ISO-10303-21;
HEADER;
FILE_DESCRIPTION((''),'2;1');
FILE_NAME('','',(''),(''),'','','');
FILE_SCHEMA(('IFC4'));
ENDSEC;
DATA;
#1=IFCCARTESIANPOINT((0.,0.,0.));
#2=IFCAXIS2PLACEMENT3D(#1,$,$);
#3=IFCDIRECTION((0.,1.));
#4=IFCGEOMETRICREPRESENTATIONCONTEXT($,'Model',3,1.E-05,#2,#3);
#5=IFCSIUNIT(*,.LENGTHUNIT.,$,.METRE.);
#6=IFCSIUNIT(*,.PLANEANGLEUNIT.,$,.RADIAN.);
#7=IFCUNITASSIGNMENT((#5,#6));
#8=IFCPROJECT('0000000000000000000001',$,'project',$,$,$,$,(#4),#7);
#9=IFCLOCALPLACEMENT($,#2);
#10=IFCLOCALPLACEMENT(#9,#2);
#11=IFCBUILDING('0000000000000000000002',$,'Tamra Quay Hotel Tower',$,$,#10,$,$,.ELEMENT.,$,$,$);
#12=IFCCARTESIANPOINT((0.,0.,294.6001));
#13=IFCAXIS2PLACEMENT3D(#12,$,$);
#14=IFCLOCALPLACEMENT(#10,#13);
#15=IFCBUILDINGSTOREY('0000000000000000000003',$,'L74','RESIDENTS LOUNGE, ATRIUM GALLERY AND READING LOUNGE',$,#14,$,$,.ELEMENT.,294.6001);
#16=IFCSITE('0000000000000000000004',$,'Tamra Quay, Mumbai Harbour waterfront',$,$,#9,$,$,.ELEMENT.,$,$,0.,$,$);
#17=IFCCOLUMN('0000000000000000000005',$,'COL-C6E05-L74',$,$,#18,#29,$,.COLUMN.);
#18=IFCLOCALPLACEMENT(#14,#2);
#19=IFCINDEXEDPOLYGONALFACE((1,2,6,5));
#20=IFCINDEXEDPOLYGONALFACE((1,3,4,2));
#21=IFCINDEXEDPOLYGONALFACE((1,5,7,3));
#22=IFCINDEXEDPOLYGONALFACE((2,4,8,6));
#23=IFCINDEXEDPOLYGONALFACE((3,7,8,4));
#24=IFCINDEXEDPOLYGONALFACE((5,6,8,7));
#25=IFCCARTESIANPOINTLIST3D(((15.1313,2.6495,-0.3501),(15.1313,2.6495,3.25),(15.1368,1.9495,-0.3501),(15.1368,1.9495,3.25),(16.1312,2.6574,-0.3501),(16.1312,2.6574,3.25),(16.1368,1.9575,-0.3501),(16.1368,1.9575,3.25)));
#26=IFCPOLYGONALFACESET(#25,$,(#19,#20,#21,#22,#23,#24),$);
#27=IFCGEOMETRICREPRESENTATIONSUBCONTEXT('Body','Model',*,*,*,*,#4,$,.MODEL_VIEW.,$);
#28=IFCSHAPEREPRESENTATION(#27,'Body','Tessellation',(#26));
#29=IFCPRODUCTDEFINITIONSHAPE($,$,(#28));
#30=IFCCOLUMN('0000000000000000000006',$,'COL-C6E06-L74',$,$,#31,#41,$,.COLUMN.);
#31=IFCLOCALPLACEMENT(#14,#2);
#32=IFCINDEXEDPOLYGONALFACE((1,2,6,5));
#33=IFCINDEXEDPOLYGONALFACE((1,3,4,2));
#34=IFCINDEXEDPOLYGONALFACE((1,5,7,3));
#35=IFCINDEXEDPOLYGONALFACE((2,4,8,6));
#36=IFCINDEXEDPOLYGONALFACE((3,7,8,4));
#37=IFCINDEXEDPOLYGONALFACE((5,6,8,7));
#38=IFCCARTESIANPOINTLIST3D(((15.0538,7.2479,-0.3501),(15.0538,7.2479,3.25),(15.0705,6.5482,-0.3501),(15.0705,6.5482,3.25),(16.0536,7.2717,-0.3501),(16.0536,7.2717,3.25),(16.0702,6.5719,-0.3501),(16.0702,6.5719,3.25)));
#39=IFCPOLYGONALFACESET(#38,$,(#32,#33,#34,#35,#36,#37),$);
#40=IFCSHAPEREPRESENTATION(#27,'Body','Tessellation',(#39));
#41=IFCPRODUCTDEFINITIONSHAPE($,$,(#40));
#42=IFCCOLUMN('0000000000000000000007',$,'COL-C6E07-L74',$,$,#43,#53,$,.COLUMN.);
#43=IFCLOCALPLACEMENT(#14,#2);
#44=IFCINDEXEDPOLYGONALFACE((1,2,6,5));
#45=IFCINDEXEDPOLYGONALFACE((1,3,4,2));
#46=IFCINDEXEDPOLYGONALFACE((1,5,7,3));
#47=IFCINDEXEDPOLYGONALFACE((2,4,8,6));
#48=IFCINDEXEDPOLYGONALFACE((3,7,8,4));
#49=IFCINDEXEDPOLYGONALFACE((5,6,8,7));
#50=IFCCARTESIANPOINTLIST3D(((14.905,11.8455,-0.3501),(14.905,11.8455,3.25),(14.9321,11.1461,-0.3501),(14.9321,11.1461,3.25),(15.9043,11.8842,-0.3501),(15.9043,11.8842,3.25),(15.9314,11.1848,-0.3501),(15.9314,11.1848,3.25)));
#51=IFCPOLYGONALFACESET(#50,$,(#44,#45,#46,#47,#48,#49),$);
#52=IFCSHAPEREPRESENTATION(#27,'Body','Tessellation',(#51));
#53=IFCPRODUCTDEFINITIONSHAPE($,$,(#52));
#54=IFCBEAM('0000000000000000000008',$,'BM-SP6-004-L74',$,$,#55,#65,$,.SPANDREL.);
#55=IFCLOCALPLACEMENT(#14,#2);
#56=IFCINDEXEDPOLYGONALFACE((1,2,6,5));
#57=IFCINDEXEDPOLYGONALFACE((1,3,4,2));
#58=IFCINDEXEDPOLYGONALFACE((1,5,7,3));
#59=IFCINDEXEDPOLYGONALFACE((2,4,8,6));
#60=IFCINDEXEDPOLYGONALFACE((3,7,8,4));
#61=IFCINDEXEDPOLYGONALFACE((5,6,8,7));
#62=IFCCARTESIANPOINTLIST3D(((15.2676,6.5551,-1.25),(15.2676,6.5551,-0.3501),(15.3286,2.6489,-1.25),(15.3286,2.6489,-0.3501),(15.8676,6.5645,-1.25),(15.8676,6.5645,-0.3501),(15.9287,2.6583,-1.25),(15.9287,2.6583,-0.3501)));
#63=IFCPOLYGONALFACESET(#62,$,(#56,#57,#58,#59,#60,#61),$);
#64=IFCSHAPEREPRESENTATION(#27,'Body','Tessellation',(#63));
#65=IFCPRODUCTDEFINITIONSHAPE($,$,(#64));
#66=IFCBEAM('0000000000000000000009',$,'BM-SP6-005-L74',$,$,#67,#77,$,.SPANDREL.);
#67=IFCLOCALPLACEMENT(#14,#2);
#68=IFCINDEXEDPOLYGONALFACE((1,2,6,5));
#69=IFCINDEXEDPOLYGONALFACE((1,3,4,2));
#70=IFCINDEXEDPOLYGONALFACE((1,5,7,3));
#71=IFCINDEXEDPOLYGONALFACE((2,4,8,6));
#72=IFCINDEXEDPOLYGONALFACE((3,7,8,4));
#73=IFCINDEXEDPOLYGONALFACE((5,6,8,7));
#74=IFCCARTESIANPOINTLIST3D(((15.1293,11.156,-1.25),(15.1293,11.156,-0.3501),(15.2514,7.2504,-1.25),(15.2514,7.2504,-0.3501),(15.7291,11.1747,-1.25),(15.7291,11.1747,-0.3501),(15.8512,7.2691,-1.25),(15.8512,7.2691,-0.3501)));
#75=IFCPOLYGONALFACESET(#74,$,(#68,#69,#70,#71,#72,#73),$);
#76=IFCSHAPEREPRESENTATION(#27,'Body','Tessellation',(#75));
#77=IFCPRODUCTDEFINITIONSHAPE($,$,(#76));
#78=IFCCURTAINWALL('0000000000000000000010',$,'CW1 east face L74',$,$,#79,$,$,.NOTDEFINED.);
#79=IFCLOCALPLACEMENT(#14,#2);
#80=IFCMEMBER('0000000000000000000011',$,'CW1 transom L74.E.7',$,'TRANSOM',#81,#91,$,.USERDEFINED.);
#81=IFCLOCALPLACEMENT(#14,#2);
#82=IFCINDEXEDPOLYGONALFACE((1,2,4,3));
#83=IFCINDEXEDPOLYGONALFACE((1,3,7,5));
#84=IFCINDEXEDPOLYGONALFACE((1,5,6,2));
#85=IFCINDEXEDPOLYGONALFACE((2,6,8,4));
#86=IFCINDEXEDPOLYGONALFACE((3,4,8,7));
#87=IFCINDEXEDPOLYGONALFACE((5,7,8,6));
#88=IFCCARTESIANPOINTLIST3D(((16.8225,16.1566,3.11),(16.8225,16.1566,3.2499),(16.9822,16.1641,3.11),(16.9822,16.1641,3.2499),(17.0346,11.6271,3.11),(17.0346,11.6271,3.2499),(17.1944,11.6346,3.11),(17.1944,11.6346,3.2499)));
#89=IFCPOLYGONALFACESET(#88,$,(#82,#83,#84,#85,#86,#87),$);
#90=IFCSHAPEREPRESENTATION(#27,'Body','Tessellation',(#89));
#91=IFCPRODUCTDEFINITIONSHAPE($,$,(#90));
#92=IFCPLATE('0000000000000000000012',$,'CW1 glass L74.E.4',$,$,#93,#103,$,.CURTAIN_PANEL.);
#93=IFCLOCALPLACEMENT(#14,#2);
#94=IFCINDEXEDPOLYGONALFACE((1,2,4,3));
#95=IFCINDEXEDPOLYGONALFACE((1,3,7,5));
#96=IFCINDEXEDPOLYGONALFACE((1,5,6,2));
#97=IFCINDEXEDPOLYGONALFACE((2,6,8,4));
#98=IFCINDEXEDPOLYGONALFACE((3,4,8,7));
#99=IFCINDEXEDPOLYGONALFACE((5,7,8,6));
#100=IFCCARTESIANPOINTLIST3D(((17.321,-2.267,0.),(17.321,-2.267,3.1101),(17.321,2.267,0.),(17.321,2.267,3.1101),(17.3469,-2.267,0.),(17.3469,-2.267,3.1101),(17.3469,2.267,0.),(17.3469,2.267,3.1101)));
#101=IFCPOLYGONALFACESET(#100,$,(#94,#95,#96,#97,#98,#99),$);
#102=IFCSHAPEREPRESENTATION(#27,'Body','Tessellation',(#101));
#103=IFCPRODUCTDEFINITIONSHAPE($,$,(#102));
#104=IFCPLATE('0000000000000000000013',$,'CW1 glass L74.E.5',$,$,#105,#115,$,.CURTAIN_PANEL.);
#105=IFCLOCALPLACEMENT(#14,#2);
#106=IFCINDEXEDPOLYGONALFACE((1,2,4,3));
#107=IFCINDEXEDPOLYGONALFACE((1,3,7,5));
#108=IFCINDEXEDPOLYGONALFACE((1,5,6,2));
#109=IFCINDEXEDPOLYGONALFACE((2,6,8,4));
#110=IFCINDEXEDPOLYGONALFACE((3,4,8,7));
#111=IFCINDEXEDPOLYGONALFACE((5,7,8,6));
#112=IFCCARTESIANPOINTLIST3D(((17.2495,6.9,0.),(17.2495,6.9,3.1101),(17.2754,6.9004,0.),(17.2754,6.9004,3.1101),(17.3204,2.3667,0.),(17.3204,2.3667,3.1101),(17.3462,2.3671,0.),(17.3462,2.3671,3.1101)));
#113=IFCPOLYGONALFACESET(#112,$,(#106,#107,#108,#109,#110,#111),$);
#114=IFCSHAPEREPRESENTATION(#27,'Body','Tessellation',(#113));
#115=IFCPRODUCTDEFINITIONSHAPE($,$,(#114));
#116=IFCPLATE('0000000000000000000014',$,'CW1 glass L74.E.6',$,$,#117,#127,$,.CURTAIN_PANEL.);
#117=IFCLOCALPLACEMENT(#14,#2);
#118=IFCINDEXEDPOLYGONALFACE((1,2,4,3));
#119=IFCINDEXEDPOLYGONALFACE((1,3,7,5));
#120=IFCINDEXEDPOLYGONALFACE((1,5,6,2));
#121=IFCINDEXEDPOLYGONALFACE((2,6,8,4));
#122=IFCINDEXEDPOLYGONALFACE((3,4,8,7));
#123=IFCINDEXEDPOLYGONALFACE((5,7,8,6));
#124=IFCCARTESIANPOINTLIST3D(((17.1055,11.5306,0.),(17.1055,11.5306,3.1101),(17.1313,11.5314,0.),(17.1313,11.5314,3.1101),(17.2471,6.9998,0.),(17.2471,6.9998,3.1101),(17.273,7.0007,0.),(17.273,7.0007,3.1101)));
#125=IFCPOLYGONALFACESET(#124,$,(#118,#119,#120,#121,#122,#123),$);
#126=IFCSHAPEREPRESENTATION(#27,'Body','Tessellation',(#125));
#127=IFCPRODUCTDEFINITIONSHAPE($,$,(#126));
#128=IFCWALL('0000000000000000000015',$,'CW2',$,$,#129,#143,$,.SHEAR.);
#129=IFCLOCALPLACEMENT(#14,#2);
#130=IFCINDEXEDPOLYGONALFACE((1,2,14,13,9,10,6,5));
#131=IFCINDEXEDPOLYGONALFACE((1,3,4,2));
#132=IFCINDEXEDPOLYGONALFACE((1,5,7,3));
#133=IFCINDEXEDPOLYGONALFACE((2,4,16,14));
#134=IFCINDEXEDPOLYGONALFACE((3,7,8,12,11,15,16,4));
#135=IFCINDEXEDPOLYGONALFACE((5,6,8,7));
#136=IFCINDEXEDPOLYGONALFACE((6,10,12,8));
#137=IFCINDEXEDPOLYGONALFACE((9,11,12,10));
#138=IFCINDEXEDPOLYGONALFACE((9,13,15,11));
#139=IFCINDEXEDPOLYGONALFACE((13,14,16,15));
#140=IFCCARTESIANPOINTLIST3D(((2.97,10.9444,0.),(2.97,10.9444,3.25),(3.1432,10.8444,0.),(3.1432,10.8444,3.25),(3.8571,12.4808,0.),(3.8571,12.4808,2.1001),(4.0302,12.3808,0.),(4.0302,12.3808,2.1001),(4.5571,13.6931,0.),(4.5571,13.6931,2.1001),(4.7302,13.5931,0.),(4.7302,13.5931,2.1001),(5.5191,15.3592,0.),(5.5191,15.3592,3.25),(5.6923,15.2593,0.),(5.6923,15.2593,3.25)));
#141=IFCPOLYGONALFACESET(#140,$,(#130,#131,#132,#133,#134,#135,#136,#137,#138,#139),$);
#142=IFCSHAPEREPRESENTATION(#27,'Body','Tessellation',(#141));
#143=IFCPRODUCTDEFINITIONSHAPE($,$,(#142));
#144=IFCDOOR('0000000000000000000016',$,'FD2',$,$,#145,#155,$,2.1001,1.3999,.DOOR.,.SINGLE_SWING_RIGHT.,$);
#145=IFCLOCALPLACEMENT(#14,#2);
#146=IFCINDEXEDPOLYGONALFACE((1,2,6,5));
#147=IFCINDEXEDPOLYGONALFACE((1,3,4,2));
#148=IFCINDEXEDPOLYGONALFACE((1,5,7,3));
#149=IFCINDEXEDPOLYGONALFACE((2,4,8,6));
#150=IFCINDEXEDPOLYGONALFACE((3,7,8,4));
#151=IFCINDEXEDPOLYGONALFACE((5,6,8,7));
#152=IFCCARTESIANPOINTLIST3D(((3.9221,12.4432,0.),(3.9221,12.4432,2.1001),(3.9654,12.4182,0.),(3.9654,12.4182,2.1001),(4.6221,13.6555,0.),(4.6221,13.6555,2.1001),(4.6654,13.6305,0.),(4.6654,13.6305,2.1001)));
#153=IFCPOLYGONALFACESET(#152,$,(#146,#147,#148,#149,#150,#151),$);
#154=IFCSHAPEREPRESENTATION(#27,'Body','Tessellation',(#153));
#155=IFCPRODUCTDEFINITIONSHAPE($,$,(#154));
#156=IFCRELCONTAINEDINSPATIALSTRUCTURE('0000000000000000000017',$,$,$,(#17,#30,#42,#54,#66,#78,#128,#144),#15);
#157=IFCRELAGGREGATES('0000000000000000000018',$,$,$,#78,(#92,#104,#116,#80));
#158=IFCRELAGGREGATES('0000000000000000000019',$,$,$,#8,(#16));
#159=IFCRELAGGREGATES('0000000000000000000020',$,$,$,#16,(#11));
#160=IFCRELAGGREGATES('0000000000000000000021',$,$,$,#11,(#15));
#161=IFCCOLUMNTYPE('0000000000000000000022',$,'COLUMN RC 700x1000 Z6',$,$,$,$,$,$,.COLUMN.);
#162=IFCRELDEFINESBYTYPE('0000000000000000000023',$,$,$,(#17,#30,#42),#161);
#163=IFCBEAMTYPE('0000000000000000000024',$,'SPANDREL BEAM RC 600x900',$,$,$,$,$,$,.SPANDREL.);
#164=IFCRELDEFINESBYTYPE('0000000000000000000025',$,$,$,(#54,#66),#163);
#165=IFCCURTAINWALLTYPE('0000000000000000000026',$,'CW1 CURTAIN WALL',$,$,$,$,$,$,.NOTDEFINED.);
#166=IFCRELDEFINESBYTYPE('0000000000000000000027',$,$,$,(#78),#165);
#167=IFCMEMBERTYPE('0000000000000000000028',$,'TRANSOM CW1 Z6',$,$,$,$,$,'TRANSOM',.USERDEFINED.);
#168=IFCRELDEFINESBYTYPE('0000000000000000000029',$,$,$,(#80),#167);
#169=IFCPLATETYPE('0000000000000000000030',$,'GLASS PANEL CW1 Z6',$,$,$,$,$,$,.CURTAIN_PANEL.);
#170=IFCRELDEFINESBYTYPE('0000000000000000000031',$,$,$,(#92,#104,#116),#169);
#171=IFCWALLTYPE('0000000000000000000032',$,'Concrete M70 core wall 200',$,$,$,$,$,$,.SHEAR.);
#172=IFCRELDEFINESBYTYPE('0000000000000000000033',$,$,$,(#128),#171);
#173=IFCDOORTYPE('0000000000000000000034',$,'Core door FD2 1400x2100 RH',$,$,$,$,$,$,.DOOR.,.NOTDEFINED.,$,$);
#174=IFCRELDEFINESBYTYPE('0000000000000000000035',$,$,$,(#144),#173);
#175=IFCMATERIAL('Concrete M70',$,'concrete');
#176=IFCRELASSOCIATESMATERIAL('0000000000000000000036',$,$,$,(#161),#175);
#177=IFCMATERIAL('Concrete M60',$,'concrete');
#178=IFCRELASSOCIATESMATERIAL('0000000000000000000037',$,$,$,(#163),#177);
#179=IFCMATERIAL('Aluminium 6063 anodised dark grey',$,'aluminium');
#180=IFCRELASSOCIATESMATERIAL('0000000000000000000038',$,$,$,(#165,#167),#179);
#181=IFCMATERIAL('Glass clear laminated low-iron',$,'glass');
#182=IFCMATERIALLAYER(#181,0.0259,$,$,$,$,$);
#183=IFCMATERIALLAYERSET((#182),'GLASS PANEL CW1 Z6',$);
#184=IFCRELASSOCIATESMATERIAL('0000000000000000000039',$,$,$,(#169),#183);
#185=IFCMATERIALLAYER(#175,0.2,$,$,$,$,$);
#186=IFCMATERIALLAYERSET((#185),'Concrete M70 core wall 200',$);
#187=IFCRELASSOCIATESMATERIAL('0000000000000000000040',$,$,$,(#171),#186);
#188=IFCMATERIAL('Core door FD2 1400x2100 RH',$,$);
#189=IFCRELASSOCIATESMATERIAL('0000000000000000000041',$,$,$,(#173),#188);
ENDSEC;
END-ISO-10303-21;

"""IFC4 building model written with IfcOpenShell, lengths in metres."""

from ifc_helpers import new_model, si_unit, direction, frame, frame_2d, origin, origin_2d, place, context, subcontext, project, spatial, rectangle, extrude, material, layer, layer_set, material_profile, profile_set, type_object, element, fill, aggregate, save


model = new_model("IFC4")

# Units and contexts
model_context = context("Model", 3, precision=1e-05, world=origin(), true_north=direction((0.0, 1.0)))
body_context = subcontext(model_context, "Body", "Model", "MODEL_VIEW")
ifc_project = project(units=[si_unit("LENGTHUNIT", "METRE"), si_unit("PLANEANGLEUNIT", "RADIAN")], contexts=[model_context])

# Site, building, storey
site_placement = place(None, origin())
site = spatial("IfcSite", under=ifc_project, at=site_placement, Name="Tamra Quay, Mumbai Harbour waterfront", CompositionType="ELEMENT", RefElevation=0.0)
building_placement = place(site_placement, origin())
building = spatial("IfcBuilding", under=site, at=building_placement, Name="Tamra Quay Hotel Tower", CompositionType="ELEMENT")
storey_placement = place(building_placement, frame((0.0, 0.0, 294.6001)))
storey = spatial("IfcBuildingStorey", under=building, at=storey_placement, Name="L74", Description="RESIDENTS LOUNGE, ATRIUM GALLERY AND READING LOUNGE", CompositionType="ELEMENT", Elevation=294.6001)

# Columns
ifc_material_1 = material(Name="Concrete M70", Category="concrete")
ifc_material_profile_1 = material_profile(ifc_material_1, rectangle(XDim=1.0, YDim=0.7, at=origin_2d()), Name="COLUMN RC 700x1000 Z6")
ifc_profile_set_1 = profile_set([ifc_material_profile_1], Name="Concrete M70")
column_type = type_object("IfcColumnType", Name="COLUMN RC 700x1000 Z6", PredefinedType="COLUMN", material=ifc_profile_set_1)
for number, where, z_axis, x_axis, name in (
    (1, (15.634, 2.3035, -0.3501), (0.0, 0.0, 1.0), (0.999969, 0.00792, 0.0), "COL-C6E05-L74"),
    (2, (15.562, 6.9099, -0.3501), (0.0, 0.0, 1.0), (0.999718, 0.023753, 0.0), "COL-C6E06-L74"),
    (3, (15.4182, 11.5151, -0.3501), (0.0, 0.0, 1.0), (0.999251, 0.038691, 0.0), "COL-C6E07-L74"),
):
    element("IfcColumn", number, at=place(storey_placement, frame(where, z_axis=z_axis, x_axis=x_axis)), inside=storey, type_object=column_type, Name=name, PredefinedType="COLUMN", context=body_context, shape_type="SweptSolid", body=[
        extrude(rectangle(XDim=1.0, YDim=0.7, at=origin_2d()), origin(), (0.0, 0.0, 1.0), 3.6001),
    ])

# Beams
ifc_material_2 = material(Name="Concrete M60", Category="concrete")
ifc_material_profile_2 = material_profile(ifc_material_2, rectangle(XDim=0.6001, YDim=0.8999, at=origin_2d()), Name="SPANDREL BEAM RC 600x900")
ifc_profile_set_2 = profile_set([ifc_material_profile_2], Name="Concrete M60")
beam_type = type_object("IfcBeamType", Name="SPANDREL BEAM RC 600x900", PredefinedType="SPANDREL", material=ifc_profile_set_2)
beam_1_placement = place(storey_placement, frame((15.6287, 2.6536, -0.8), z_axis=(-0.015623, 0.999878, 0.0), x_axis=(-0.999878, -0.015623, 0.0)))
element("IfcBeam", 4, at=beam_1_placement, inside=storey, type_object=beam_type, Name="BM-SP6-004-L74", PredefinedType="SPANDREL", context=body_context, shape_type="SweptSolid", body=[
    extrude(rectangle(XDim=0.6001, YDim=0.8999, at=origin_2d()), origin(), (0.0, 0.0, 1.0), 3.9067),
])
beam_2_placement = place(storey_placement, frame((15.5513, 7.2598, -0.8), z_axis=(-0.031241, 0.999512, 0.0), x_axis=(-0.999512, -0.031241, 0.0)))
element("IfcBeam", 5, at=beam_2_placement, inside=storey, type_object=beam_type, Name="BM-SP6-005-L74", PredefinedType="SPANDREL", context=body_context, shape_type="SweptSolid", body=[
    extrude(rectangle(XDim=0.6001, YDim=0.8999, at=origin_2d()), origin(), (0.0, 0.0, 1.0), 3.9075),
])

# Curtain wall, member, plates
ifc_material_3 = material(Name="Aluminium 6063 anodised dark grey", Category="aluminium")
curtain_wall_type = type_object("IfcCurtainWallType", Name="CW1 CURTAIN WALL", PredefinedType="NOTDEFINED", material=ifc_material_3)
curtain_wall_placement = place(storey_placement, origin())
curtain_wall = element("IfcCurtainWall", 6, at=curtain_wall_placement, inside=storey, type_object=curtain_wall_type, Name="CW1 east face L74", PredefinedType="NOTDEFINED")
ifc_material_profile_3 = material_profile(ifc_material_3, rectangle(XDim=0.1599, YDim=0.1399, at=origin_2d()), Name="TRANSOM 160X140")
ifc_profile_set_3 = profile_set([ifc_material_profile_3], Name="Aluminium 6063 anodised dark grey")
member_type = type_object("IfcMemberType", Name="TRANSOM CW1 Z6", ElementType="TRANSOM", PredefinedType="USERDEFINED", material=ifc_profile_set_3)
member_placement = place(storey_placement, frame((17.1145, 11.6309, 3.1799), z_axis=(-0.046787, 0.998905, 0.0), x_axis=(-0.998905, -0.046787, 0.0)))
member = element("IfcMember", 7, at=member_placement, type_object=member_type, Name="CW1 transom L74.E.7", ObjectType="TRANSOM", PredefinedType="USERDEFINED", context=body_context, shape_type="SweptSolid", body=[
    extrude(rectangle(XDim=0.1599, YDim=0.1399, at=origin_2d()), origin(), (0.0, 0.0, 1.0), 4.5344),
])
ifc_material_4 = material(Name="Glass clear laminated low-iron", Category="glass")
ifc_layer_1 = layer(ifc_material_4, 0.0259)
ifc_layer_set_1 = layer_set([ifc_layer_1], Name="GLASS PANEL CW1 Z6")
plate_type = type_object("IfcPlateType", Name="GLASS PANEL CW1 Z6", PredefinedType="CURTAIN_PANEL", material=ifc_layer_set_1)
plate_1_placement = place(storey_placement, frame((17.334, 0.0, 0.0), z_axis=(0.0, 0.0, 1.0), x_axis=(0.0, 1.0, 0.0)))
plate_1 = element("IfcPlate", 8, at=plate_1_placement, type_object=plate_type, Name="CW1 glass L74.E.4", PredefinedType="CURTAIN_PANEL", context=body_context, shape_type="SweptSolid", body=[
    extrude(rectangle(XDim=4.5339, YDim=0.0259, at=origin_2d()), origin(), (0.0, 0.0, 1.0), 3.1101),
])
plate_2_placement = place(storey_placement, frame((17.2979, 4.6335, 0.0), z_axis=(0.0, 0.0, 1.0), x_axis=(-0.015632, 0.999878, 0.0)))
plate_2 = element("IfcPlate", 9, at=plate_2_placement, type_object=plate_type, Name="CW1 glass L74.E.5", PredefinedType="CURTAIN_PANEL", context=body_context, shape_type="SweptSolid", body=[
    extrude(rectangle(XDim=4.5339, YDim=0.0259, at=origin_2d()), origin(), (0.0, 0.0, 1.0), 3.1101),
])
plate_3_placement = place(storey_placement, frame((17.1892, 9.2656, 0.0), z_axis=(0.0, 0.0, 1.0), x_axis=(-0.031242, 0.999512, 0.0)))
plate_3 = element("IfcPlate", 10, at=plate_3_placement, type_object=plate_type, Name="CW1 glass L74.E.6", PredefinedType="CURTAIN_PANEL", context=body_context, shape_type="SweptSolid", body=[
    extrude(rectangle(XDim=4.533, YDim=0.0259, at=origin_2d()), origin(), (0.0, 0.0, 1.0), 3.1101),
])
aggregate(curtain_wall, [plate_1, plate_2, plate_3, member])

# Wall, opening, door
ifc_layer_2 = layer(ifc_material_1, 0.2)
ifc_layer_set_2 = layer_set([ifc_layer_2], Name="Concrete M70 core wall 200")
wall_type_1 = type_object("IfcWallType", Name="Concrete M70 core wall 200", PredefinedType="SHEAR", material=ifc_layer_set_2)
wall_1_placement = place(storey_placement, frame((3.0566, 10.8945, 0.0), z_axis=(0.0, 0.0, 1.0), x_axis=(0.500028, 0.866009, 0.0)))
wall_1 = element("IfcWall", 11, at=wall_1_placement, inside=storey, type_object=wall_type_1, Name="CW2", PredefinedType="SHEAR", context=body_context, shape_type="SweptSolid", body=[
    extrude(rectangle(XDim=5.0979, YDim=0.2, at=frame_2d((2.5488, 0.0))), origin(), (0.0, 0.0, 1.0), 3.25),
])
opening_1_placement = place(wall_1_placement, frame((1.7739, 0.0, 0.0)))
opening_1 = element("IfcOpeningElement", 12, at=opening_1_placement, cuts=wall_1, PredefinedType="OPENING", context=body_context, shape_type="SweptSolid", body=[
    extrude(rectangle(XDim=1.3999, YDim=2.1001, at=frame_2d((0.7, 1.05))), frame((0.0, 0.1099, 0.0), z_axis=(0.0, -1.0, 0.0), x_axis=(1.0, 0.0, 0.0)), (0.0, 0.0, 1.0), 0.22),
])
ifc_material_5 = material(Name="Core door FD2 1400x2100 RH")
door_type_1 = type_object("IfcDoorType", Name="Core door FD2 1400x2100 RH", OperationType="NOTDEFINED", PredefinedType="DOOR", material=ifc_material_5)
door_1_placement = place(opening_1_placement, origin())
door_1 = element("IfcDoor", 13, at=door_1_placement, inside=storey, type_object=door_type_1, Name="FD2", OperationType="SINGLE_SWING_RIGHT", OverallHeight=2.1001, OverallWidth=1.3999, PredefinedType="DOOR", context=body_context, shape_type="SweptSolid", body=[
    extrude(rectangle(XDim=1.3999, YDim=2.1001, at=frame_2d((0.7, 1.05))), frame((0.0, 0.0249, 0.0), z_axis=(0.0, -1.0, 0.0), x_axis=(1.0, 0.0, 0.0)), (0.0, 0.0, 1.0), 0.05),
])
fill(opening_1, door_1)

save(model, "model.ifc")
